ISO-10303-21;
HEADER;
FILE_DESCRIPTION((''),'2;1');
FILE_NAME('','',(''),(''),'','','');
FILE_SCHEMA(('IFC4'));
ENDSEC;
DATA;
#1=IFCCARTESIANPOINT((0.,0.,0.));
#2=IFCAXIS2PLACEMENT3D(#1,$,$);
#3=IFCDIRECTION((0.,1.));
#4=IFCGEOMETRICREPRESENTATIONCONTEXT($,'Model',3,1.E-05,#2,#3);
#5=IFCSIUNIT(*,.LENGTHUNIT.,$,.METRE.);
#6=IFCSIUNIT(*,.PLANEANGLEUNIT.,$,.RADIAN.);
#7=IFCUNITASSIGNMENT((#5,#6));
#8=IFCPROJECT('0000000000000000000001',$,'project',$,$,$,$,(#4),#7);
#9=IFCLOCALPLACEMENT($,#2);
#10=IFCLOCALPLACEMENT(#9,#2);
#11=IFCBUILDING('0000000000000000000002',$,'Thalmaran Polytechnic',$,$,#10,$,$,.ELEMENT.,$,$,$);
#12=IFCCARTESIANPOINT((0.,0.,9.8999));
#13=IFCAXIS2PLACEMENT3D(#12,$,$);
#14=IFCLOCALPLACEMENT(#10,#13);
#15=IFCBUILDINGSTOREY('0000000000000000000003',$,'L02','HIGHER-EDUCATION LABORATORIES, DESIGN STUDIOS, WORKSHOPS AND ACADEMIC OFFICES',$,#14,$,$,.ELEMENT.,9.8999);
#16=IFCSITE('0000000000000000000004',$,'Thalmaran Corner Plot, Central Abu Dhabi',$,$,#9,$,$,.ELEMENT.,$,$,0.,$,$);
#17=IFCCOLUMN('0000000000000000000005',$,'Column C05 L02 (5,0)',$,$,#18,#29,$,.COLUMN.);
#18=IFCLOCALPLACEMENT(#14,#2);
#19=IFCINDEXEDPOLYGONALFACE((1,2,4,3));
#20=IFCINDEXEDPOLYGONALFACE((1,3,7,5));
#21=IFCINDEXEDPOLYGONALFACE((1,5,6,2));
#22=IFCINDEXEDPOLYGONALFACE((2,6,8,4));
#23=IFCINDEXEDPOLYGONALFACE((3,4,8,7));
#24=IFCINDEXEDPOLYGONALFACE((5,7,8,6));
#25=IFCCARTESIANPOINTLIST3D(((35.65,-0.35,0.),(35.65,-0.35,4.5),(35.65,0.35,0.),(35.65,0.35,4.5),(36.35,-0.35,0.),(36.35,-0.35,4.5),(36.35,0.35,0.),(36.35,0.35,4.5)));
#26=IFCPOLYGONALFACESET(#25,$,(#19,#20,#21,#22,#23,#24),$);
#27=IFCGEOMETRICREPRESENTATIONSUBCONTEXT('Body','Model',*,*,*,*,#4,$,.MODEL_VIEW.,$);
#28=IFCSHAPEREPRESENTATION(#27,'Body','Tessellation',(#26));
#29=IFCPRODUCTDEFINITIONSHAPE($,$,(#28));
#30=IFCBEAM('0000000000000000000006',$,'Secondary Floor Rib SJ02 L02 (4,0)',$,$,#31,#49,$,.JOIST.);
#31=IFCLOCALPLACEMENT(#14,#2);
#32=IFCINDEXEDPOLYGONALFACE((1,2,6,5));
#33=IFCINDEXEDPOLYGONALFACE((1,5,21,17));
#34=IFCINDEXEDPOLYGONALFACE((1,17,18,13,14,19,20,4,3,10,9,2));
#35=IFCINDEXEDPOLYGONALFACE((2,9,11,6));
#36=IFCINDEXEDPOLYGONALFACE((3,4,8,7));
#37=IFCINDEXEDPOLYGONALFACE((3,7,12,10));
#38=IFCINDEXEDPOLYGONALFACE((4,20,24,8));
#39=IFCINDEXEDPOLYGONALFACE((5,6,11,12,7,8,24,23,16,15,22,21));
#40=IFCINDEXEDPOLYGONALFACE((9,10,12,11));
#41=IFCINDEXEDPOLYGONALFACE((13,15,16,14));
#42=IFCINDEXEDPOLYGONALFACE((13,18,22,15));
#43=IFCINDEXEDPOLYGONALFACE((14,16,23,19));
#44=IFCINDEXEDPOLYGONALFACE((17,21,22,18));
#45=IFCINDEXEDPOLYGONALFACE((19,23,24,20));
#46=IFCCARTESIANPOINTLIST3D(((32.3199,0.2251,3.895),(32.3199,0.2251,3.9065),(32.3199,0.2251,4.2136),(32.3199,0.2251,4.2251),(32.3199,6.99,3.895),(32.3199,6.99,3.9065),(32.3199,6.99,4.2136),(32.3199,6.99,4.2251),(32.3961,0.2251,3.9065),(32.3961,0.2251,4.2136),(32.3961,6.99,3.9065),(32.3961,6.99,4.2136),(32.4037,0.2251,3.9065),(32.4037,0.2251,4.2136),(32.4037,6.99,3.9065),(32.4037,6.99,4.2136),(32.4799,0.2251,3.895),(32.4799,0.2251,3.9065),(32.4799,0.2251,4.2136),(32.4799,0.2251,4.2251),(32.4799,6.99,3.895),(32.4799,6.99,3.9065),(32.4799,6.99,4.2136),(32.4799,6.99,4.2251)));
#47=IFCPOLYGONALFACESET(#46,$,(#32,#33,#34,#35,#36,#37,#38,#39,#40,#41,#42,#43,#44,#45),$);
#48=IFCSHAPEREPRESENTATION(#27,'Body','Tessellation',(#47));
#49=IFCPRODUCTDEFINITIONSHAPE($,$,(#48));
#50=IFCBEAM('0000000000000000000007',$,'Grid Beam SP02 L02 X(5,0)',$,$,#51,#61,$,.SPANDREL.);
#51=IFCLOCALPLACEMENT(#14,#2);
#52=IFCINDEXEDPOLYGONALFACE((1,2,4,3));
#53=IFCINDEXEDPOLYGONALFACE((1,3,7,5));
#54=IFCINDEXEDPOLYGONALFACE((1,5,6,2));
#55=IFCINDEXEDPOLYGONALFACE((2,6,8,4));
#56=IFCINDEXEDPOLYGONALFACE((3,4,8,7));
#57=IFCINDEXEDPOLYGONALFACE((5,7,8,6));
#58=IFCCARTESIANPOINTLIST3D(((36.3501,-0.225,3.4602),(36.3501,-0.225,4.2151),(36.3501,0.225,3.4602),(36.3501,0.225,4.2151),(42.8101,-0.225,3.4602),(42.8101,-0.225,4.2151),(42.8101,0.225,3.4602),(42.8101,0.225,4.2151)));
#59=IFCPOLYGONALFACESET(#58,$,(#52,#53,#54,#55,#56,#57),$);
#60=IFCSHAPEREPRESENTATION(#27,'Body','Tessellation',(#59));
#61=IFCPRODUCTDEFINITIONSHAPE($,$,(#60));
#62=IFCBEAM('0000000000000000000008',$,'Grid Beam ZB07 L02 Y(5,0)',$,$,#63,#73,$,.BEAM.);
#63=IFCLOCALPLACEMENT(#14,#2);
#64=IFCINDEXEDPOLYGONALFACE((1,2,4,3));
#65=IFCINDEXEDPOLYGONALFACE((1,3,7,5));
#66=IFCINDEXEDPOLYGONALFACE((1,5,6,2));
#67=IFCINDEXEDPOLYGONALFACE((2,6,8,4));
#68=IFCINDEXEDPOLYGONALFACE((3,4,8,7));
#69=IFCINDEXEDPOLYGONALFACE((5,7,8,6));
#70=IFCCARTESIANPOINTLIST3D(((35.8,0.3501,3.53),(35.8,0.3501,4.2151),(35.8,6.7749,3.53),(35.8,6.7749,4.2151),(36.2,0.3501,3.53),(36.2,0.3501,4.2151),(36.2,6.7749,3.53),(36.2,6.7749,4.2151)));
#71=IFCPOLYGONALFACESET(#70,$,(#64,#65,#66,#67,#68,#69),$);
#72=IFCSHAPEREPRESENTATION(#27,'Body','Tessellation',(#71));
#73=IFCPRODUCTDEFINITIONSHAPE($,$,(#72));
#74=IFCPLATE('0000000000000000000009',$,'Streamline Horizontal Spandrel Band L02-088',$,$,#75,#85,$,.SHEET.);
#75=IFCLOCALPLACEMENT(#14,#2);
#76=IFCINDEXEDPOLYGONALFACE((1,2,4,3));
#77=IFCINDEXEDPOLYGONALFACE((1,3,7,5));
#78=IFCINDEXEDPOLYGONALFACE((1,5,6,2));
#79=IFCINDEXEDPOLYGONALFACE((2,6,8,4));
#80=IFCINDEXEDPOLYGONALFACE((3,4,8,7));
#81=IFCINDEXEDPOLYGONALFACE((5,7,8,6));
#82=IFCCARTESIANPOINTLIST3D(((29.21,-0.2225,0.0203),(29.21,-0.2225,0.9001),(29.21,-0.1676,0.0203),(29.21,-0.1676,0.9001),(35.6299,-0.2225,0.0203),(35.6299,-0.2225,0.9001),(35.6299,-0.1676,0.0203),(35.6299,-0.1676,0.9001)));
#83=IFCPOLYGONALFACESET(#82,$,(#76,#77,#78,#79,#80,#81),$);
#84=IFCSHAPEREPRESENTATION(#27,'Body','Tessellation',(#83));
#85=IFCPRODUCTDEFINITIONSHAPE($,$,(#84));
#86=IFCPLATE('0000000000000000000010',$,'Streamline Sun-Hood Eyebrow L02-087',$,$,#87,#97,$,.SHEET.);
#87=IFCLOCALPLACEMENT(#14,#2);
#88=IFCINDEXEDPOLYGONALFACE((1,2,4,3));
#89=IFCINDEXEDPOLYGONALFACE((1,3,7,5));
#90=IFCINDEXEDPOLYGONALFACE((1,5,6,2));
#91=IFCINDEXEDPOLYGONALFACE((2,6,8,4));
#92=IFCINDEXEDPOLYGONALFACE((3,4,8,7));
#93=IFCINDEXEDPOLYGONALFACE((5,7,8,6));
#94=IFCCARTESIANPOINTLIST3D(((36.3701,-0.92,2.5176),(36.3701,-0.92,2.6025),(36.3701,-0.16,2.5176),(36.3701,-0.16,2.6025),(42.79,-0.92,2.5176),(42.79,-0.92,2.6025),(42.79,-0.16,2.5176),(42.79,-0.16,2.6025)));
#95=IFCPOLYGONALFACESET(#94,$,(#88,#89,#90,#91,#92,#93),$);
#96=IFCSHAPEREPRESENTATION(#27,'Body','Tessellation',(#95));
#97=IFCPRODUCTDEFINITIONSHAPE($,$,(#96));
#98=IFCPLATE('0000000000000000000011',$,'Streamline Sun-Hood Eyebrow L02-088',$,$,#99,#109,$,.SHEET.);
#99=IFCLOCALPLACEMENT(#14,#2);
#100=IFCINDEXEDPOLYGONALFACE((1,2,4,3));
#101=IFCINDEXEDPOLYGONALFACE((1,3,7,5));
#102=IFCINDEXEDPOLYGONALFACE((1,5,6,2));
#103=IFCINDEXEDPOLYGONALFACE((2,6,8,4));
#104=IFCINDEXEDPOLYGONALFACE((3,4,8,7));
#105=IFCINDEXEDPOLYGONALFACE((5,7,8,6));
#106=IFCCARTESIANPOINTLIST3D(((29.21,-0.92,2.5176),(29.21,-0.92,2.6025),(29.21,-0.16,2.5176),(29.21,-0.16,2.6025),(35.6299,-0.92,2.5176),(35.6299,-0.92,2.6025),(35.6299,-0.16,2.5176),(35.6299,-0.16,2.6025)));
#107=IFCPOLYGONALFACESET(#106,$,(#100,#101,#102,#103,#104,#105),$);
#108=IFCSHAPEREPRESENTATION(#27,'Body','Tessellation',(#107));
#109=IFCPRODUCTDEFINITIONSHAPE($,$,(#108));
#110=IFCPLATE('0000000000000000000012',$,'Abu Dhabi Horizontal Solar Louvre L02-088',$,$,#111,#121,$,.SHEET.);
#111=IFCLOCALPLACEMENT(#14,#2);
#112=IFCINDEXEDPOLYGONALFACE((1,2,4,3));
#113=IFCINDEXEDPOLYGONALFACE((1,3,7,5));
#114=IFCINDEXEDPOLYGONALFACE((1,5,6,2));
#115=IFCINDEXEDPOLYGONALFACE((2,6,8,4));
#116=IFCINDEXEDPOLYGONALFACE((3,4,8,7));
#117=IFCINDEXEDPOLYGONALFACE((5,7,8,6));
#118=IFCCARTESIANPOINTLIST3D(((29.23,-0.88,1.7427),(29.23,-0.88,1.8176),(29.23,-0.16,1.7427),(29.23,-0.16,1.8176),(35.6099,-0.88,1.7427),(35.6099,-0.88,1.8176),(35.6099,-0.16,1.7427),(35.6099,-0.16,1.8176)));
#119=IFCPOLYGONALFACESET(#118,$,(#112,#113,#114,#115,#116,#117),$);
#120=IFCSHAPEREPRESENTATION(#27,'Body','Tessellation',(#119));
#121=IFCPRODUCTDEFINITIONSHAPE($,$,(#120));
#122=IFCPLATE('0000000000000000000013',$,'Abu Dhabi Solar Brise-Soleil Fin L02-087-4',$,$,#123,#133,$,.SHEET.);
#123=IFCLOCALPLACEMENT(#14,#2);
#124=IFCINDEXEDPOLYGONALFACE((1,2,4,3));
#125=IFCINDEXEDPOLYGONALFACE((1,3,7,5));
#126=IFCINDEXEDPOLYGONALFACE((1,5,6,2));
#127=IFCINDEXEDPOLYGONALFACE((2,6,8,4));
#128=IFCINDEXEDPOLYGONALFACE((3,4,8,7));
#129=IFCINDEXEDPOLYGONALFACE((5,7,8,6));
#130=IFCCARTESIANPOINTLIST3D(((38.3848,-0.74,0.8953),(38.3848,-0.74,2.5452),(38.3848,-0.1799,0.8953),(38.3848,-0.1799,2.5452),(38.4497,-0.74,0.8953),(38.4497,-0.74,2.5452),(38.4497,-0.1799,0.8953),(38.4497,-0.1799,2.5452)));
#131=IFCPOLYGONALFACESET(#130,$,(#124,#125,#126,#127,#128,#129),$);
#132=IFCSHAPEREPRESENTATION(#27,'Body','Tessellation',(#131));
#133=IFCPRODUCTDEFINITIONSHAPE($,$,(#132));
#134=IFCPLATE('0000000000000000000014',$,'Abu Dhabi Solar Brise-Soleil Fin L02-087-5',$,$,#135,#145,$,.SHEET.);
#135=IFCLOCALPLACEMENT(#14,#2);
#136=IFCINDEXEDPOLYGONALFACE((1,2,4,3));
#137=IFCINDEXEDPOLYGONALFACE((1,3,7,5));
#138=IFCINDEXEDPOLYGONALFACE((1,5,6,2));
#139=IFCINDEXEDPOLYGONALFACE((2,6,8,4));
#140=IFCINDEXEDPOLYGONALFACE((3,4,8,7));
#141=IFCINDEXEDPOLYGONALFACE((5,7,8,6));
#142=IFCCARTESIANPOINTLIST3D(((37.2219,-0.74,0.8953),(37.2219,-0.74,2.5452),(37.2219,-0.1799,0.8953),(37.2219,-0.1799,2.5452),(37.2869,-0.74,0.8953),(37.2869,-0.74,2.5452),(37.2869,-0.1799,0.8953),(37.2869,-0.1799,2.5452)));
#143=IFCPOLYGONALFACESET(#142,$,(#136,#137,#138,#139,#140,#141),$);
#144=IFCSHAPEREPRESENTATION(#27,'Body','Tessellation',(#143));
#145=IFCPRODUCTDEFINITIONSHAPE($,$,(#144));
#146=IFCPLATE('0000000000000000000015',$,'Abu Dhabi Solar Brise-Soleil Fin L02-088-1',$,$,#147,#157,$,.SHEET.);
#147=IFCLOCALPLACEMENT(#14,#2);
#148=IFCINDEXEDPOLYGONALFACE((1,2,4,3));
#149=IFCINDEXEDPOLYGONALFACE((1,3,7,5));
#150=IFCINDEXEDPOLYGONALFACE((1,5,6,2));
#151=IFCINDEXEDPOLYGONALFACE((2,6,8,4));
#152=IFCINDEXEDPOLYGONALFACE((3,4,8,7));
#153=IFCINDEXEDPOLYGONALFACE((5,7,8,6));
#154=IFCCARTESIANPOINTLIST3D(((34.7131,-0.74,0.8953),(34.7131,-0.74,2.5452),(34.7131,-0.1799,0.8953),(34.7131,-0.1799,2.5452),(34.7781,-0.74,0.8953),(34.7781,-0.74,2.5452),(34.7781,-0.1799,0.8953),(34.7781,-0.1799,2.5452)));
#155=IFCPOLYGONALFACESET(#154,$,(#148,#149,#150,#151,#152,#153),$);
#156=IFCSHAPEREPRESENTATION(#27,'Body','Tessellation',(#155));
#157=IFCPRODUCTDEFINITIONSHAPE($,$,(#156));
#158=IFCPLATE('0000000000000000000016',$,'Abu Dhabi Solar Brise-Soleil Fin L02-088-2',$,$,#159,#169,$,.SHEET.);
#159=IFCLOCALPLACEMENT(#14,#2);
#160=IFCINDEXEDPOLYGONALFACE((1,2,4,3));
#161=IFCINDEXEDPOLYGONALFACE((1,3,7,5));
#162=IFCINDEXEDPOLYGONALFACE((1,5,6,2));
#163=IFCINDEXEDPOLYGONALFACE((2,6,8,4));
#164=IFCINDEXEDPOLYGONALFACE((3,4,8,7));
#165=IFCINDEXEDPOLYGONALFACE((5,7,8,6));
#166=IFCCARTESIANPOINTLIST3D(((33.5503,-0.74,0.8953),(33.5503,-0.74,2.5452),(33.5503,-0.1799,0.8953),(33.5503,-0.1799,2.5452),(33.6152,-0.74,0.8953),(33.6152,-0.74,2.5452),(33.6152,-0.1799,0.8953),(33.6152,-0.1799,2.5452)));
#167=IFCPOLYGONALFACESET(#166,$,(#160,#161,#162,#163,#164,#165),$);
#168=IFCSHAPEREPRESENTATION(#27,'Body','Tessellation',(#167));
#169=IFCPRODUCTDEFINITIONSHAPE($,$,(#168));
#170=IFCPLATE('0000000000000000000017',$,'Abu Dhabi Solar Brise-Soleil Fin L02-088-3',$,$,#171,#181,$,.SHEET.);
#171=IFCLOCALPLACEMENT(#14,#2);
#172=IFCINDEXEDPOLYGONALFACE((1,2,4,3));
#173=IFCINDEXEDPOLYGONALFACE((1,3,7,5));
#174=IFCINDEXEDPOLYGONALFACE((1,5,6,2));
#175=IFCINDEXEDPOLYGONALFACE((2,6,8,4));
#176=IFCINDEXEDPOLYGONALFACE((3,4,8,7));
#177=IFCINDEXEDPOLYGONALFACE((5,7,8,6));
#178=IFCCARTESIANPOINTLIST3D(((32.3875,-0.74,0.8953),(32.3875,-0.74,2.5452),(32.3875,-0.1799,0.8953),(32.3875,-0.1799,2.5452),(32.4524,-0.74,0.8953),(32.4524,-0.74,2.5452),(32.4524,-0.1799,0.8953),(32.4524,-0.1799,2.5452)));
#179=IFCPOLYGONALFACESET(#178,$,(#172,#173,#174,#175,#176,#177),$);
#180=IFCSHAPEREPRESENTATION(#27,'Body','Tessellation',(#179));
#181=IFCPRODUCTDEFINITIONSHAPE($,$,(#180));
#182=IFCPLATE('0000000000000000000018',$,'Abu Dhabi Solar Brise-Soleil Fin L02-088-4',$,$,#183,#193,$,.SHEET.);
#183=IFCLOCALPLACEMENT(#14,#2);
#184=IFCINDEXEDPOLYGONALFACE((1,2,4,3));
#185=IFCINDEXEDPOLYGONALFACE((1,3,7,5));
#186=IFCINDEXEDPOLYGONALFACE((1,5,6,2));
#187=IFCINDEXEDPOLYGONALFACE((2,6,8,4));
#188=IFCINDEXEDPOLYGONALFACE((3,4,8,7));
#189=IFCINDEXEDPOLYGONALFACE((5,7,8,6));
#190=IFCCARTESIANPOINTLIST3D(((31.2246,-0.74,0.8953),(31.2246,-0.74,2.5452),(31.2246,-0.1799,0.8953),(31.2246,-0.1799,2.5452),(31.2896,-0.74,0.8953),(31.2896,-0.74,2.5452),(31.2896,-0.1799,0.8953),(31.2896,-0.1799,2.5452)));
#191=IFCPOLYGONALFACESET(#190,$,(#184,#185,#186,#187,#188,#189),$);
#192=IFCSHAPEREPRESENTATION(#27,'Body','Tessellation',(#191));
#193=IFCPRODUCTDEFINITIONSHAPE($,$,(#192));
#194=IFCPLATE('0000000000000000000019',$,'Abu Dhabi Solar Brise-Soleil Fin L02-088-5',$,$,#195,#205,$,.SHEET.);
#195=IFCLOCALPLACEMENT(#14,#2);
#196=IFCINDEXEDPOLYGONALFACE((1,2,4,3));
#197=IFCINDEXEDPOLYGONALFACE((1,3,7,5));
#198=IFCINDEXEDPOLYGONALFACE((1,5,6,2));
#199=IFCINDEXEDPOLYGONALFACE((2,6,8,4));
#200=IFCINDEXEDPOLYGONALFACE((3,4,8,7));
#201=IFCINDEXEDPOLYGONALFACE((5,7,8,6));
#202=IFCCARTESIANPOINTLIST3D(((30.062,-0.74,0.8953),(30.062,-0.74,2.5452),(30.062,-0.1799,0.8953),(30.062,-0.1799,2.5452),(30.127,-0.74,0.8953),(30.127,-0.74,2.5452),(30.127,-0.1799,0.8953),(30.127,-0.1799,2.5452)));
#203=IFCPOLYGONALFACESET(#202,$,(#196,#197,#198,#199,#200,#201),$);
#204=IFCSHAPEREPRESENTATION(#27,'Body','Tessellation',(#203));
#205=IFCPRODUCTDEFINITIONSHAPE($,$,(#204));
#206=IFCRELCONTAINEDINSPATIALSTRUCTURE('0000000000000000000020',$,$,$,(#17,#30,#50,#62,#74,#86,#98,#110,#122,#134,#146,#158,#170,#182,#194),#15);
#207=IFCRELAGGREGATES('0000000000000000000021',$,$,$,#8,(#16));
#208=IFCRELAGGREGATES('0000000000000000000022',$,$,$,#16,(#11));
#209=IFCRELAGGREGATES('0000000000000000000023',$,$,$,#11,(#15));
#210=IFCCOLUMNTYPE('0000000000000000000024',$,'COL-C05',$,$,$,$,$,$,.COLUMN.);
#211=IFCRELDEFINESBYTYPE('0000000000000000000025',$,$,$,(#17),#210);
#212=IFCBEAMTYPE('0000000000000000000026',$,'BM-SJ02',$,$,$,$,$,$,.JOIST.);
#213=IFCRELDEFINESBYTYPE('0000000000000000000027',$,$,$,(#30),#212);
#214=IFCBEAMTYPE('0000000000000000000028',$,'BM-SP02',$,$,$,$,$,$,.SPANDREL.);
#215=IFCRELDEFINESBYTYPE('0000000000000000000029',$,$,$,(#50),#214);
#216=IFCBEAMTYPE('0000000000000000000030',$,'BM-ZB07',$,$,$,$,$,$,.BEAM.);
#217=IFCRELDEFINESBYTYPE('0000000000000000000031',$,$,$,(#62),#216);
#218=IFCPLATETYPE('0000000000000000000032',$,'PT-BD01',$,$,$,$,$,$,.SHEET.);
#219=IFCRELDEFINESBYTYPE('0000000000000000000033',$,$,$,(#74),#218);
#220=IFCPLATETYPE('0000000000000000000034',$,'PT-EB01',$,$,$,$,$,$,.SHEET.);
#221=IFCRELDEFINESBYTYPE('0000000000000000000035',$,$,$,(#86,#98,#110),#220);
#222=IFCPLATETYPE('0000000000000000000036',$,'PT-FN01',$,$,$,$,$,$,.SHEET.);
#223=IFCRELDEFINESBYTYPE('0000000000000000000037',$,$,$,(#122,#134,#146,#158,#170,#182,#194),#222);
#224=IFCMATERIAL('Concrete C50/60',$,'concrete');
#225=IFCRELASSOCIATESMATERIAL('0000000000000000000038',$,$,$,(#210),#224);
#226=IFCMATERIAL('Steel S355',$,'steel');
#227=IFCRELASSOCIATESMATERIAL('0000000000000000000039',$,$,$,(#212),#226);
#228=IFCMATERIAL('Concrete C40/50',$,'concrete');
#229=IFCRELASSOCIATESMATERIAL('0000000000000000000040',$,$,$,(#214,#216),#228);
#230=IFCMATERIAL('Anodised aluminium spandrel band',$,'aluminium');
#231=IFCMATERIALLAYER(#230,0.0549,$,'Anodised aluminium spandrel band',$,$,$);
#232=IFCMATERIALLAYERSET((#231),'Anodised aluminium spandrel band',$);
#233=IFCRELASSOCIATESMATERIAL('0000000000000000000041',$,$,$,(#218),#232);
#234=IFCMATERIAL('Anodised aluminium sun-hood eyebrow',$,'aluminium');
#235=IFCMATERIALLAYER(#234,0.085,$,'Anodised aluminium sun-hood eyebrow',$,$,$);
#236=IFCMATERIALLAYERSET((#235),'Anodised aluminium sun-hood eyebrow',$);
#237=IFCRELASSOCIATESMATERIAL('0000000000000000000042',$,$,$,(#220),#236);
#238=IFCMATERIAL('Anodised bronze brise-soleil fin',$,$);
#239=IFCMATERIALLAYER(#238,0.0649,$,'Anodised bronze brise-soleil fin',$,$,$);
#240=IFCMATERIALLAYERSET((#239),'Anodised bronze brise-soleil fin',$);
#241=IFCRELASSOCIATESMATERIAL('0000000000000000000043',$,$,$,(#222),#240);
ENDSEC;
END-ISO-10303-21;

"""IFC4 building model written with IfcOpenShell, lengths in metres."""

from ifc_helpers import new_model, si_unit, direction, frame, origin, origin_2d, place, context, subcontext, project, spatial, rectangle, i_section, extrude, material, layer, layer_set, material_profile, profile_set, type_object, element, save


model = new_model("IFC4")

# Units and contexts
model_context = context("Model", 3, precision=1e-05, world=origin(), true_north=direction((0.0, 1.0)))
body_context = subcontext(model_context, "Body", "Model", "MODEL_VIEW")
ifc_project = project(units=[si_unit("LENGTHUNIT", "METRE"), si_unit("PLANEANGLEUNIT", "RADIAN")], contexts=[model_context])

# Site, building, storey
site_placement = place(None, origin())
site = spatial("IfcSite", under=ifc_project, at=site_placement, Name="Thalmaran Corner Plot, Central Abu Dhabi", CompositionType="ELEMENT", RefElevation=0.0)
building_placement = place(site_placement, origin())
building = spatial("IfcBuilding", under=site, at=building_placement, Name="Thalmaran Polytechnic", CompositionType="ELEMENT")
storey_placement = place(building_placement, frame((0.0, 0.0, 9.8999)))
storey = spatial("IfcBuildingStorey", under=building, at=storey_placement, Name="L02", Description="HIGHER-EDUCATION LABORATORIES, DESIGN STUDIOS, WORKSHOPS AND ACADEMIC OFFICES", CompositionType="ELEMENT", Elevation=9.8999)

# Column
ifc_material_1 = material(Name="Concrete C50/60", Category="concrete")
ifc_material_profile_1 = material_profile(ifc_material_1, rectangle(XDim=0.7, YDim=0.7, at=origin_2d()), Name="RC 700x700")
ifc_profile_set_1 = profile_set([ifc_material_profile_1], Name="Concrete C50/60")
column_type = type_object("IfcColumnType", Name="COL-C05", PredefinedType="COLUMN", material=ifc_profile_set_1)
column_placement = place(storey_placement, frame((36.0, 0.0, 0.0), z_axis=(0.0, 0.0, 1.0), x_axis=(1.0, 0.0, 0.0)))
element("IfcColumn", 1, at=column_placement, inside=storey, type_object=column_type, Name="Column C05 L02 (5,0)", PredefinedType="COLUMN", context=body_context, shape_type="SweptSolid", body=[
    extrude(rectangle(XDim=0.7, YDim=0.7, at=origin_2d()), origin(), (0.0, 0.0, 1.0), 4.5),
])

# Beams
ifc_material_2 = material(Name="Steel S355", Category="steel")
ifc_material_profile_2 = material_profile(ifc_material_2, i_section(OverallWidth=0.1599, OverallDepth=0.3301, WebThickness=0.0076, FlangeThickness=0.0115, at=origin_2d()), Name="IPE 330")
ifc_profile_set_2 = profile_set([ifc_material_profile_2], Name="Steel S355")
beam_type_1 = type_object("IfcBeamType", Name="BM-SJ02", PredefinedType="JOIST", material=ifc_profile_set_2)
beam_1_placement = place(storey_placement, frame((32.3999, 0.2251, 4.0601), z_axis=(0.0, 1.0, 0.0), x_axis=(-1.0, 0.0, 0.0)))
element("IfcBeam", 2, at=beam_1_placement, inside=storey, type_object=beam_type_1, Name="Secondary Floor Rib SJ02 L02 (4,0)", PredefinedType="JOIST", context=body_context, shape_type="SweptSolid", body=[
    extrude(i_section(OverallWidth=0.1599, OverallDepth=0.3301, WebThickness=0.0076, FlangeThickness=0.0115, at=origin_2d()), origin(), (0.0, 0.0, 1.0), 6.7649),
])
ifc_material_3 = material(Name="Concrete C40/50", Category="concrete")
ifc_material_profile_3 = material_profile(ifc_material_3, rectangle(XDim=0.45, YDim=0.7549, at=origin_2d()), Name="RC 450x755")
ifc_profile_set_3 = profile_set([ifc_material_profile_3], Name="Concrete C40/50")
beam_type_2 = type_object("IfcBeamType", Name="BM-SP02", PredefinedType="SPANDREL", material=ifc_profile_set_3)
beam_2_placement = place(storey_placement, frame((36.3501, 0.0, 3.8376), z_axis=(1.0, 0.0, 0.0), x_axis=(0.0, 1.0, 0.0)))
element("IfcBeam", 3, at=beam_2_placement, inside=storey, type_object=beam_type_2, Name="Grid Beam SP02 L02 X(5,0)", PredefinedType="SPANDREL", context=body_context, shape_type="SweptSolid", body=[
    extrude(rectangle(XDim=0.45, YDim=0.7549, at=origin_2d()), origin(), (0.0, 0.0, 1.0), 6.46),
])
ifc_material_profile_4 = material_profile(ifc_material_3, rectangle(XDim=0.3999, YDim=0.6851, at=origin_2d()), Name="RC 400x685")
ifc_profile_set_4 = profile_set([ifc_material_profile_4], Name="Concrete C40/50")
beam_type_3 = type_object("IfcBeamType", Name="BM-ZB07", PredefinedType="BEAM", material=ifc_profile_set_4)
beam_3_placement = place(storey_placement, frame((36.0, 0.3501, 3.8726), z_axis=(0.0, 1.0, 0.0), x_axis=(-1.0, 0.0, 0.0)))
element("IfcBeam", 4, at=beam_3_placement, inside=storey, type_object=beam_type_3, Name="Grid Beam ZB07 L02 Y(5,0)", PredefinedType="BEAM", context=body_context, shape_type="SweptSolid", body=[
    extrude(rectangle(XDim=0.3999, YDim=0.6851, at=origin_2d()), origin(), (0.0, 0.0, 1.0), 6.4248),
])

# Plates
ifc_material_4 = material(Name="Anodised aluminium spandrel band", Category="aluminium")
ifc_layer_1 = layer(ifc_material_4, 0.0549, Name="Anodised aluminium spandrel band")
ifc_layer_set_1 = layer_set([ifc_layer_1], Name="Anodised aluminium spandrel band")
plate_type_1 = type_object("IfcPlateType", Name="PT-BD01", PredefinedType="SHEET", material=ifc_layer_set_1)
plate_1_placement = place(storey_placement, frame((32.4199, -0.1951, 0.0203), z_axis=(0.0, 0.0, 1.0), x_axis=(-1.0, 0.0, 0.0)))
element("IfcPlate", 5, at=plate_1_placement, inside=storey, type_object=plate_type_1, Name="Streamline Horizontal Spandrel Band L02-088", PredefinedType="SHEET", context=body_context, shape_type="SweptSolid", body=[
    extrude(rectangle(XDim=6.4199, YDim=0.0549, at=origin_2d()), origin(), (0.0, 0.0, 1.0), 0.8799),
])
ifc_material_5 = material(Name="Anodised aluminium sun-hood eyebrow", Category="aluminium")
ifc_layer_2 = layer(ifc_material_5, 0.085, Name="Anodised aluminium sun-hood eyebrow")
ifc_layer_set_2 = layer_set([ifc_layer_2], Name="Anodised aluminium sun-hood eyebrow")
plate_type_2 = type_object("IfcPlateType", Name="PT-EB01", PredefinedType="SHEET", material=ifc_layer_set_2)
for number, where, z_axis, x_axis, name in (
    (6, (39.5801, -0.54, 2.5176), (0.0, 0.0, 1.0), (-1.0, 0.0, 0.0), "Streamline Sun-Hood Eyebrow L02-087"),
    (7, (32.4199, -0.54, 2.5176), (0.0, 0.0, 1.0), (-1.0, 0.0, 0.0), "Streamline Sun-Hood Eyebrow L02-088"),
):
    element("IfcPlate", number, at=place(storey_placement, frame(where, z_axis=z_axis, x_axis=x_axis)), inside=storey, type_object=plate_type_2, Name=name, PredefinedType="SHEET", context=body_context, shape_type="SweptSolid", body=[
        extrude(rectangle(XDim=6.4199, YDim=0.76, at=origin_2d()), origin(), (0.0, 0.0, 1.0), 0.085),
    ])
plate_2_placement = place(storey_placement, frame((32.4199, -0.52, 1.7427), z_axis=(0.0, 0.0, 1.0), x_axis=(-1.0, 0.0, 0.0)))
element("IfcPlate", 8, at=plate_2_placement, inside=storey, type_object=plate_type_2, Name="Abu Dhabi Horizontal Solar Louvre L02-088", PredefinedType="SHEET", context=body_context, shape_type="SweptSolid", body=[
    extrude(rectangle(XDim=6.3799, YDim=0.72, at=origin_2d()), origin(), (0.0, 0.0, 1.0), 0.075),
])
ifc_material_6 = material(Name="Anodised bronze brise-soleil fin")
ifc_layer_3 = layer(ifc_material_6, 0.0649, Name="Anodised bronze brise-soleil fin")
ifc_layer_set_3 = layer_set([ifc_layer_3], Name="Anodised bronze brise-soleil fin")
plate_type_3 = type_object("IfcPlateType", Name="PT-FN01", PredefinedType="SHEET", material=ifc_layer_set_3)
for number, where, z_axis, x_axis, name in (
    (9, (38.4172, -0.46, 0.8953), (0.0, 0.0, 1.0), (-1.0, 0.0, 0.0), "Abu Dhabi Solar Brise-Soleil Fin L02-087-4"),
    (10, (37.2544, -0.46, 0.8953), (0.0, 0.0, 1.0), (-1.0, 0.0, 0.0), "Abu Dhabi Solar Brise-Soleil Fin L02-087-5"),
    (11, (34.7456, -0.46, 0.8953), (0.0, 0.0, 1.0), (-1.0, 0.0, 0.0), "Abu Dhabi Solar Brise-Soleil Fin L02-088-1"),
    (12, (33.5828, -0.46, 0.8953), (0.0, 0.0, 1.0), (-1.0, 0.0, 0.0), "Abu Dhabi Solar Brise-Soleil Fin L02-088-2"),
    (13, (32.4199, -0.46, 0.8953), (0.0, 0.0, 1.0), (-1.0, 0.0, 0.0), "Abu Dhabi Solar Brise-Soleil Fin L02-088-3"),
    (14, (31.2571, -0.46, 0.8953), (0.0, 0.0, 1.0), (-1.0, 0.0, 0.0), "Abu Dhabi Solar Brise-Soleil Fin L02-088-4"),
    (15, (30.0945, -0.46, 0.8953), (0.0, 0.0, 1.0), (-1.0, 0.0, 0.0), "Abu Dhabi Solar Brise-Soleil Fin L02-088-5"),
):
    element("IfcPlate", number, at=place(storey_placement, frame(where, z_axis=z_axis, x_axis=x_axis)), inside=storey, type_object=plate_type_3, Name=name, PredefinedType="SHEET", context=body_context, shape_type="SweptSolid", body=[
        extrude(rectangle(XDim=0.0649, YDim=0.5601, at=origin_2d()), origin(), (0.0, 0.0, 1.0), 1.6499),
    ])

save(model, "model.ifc")
